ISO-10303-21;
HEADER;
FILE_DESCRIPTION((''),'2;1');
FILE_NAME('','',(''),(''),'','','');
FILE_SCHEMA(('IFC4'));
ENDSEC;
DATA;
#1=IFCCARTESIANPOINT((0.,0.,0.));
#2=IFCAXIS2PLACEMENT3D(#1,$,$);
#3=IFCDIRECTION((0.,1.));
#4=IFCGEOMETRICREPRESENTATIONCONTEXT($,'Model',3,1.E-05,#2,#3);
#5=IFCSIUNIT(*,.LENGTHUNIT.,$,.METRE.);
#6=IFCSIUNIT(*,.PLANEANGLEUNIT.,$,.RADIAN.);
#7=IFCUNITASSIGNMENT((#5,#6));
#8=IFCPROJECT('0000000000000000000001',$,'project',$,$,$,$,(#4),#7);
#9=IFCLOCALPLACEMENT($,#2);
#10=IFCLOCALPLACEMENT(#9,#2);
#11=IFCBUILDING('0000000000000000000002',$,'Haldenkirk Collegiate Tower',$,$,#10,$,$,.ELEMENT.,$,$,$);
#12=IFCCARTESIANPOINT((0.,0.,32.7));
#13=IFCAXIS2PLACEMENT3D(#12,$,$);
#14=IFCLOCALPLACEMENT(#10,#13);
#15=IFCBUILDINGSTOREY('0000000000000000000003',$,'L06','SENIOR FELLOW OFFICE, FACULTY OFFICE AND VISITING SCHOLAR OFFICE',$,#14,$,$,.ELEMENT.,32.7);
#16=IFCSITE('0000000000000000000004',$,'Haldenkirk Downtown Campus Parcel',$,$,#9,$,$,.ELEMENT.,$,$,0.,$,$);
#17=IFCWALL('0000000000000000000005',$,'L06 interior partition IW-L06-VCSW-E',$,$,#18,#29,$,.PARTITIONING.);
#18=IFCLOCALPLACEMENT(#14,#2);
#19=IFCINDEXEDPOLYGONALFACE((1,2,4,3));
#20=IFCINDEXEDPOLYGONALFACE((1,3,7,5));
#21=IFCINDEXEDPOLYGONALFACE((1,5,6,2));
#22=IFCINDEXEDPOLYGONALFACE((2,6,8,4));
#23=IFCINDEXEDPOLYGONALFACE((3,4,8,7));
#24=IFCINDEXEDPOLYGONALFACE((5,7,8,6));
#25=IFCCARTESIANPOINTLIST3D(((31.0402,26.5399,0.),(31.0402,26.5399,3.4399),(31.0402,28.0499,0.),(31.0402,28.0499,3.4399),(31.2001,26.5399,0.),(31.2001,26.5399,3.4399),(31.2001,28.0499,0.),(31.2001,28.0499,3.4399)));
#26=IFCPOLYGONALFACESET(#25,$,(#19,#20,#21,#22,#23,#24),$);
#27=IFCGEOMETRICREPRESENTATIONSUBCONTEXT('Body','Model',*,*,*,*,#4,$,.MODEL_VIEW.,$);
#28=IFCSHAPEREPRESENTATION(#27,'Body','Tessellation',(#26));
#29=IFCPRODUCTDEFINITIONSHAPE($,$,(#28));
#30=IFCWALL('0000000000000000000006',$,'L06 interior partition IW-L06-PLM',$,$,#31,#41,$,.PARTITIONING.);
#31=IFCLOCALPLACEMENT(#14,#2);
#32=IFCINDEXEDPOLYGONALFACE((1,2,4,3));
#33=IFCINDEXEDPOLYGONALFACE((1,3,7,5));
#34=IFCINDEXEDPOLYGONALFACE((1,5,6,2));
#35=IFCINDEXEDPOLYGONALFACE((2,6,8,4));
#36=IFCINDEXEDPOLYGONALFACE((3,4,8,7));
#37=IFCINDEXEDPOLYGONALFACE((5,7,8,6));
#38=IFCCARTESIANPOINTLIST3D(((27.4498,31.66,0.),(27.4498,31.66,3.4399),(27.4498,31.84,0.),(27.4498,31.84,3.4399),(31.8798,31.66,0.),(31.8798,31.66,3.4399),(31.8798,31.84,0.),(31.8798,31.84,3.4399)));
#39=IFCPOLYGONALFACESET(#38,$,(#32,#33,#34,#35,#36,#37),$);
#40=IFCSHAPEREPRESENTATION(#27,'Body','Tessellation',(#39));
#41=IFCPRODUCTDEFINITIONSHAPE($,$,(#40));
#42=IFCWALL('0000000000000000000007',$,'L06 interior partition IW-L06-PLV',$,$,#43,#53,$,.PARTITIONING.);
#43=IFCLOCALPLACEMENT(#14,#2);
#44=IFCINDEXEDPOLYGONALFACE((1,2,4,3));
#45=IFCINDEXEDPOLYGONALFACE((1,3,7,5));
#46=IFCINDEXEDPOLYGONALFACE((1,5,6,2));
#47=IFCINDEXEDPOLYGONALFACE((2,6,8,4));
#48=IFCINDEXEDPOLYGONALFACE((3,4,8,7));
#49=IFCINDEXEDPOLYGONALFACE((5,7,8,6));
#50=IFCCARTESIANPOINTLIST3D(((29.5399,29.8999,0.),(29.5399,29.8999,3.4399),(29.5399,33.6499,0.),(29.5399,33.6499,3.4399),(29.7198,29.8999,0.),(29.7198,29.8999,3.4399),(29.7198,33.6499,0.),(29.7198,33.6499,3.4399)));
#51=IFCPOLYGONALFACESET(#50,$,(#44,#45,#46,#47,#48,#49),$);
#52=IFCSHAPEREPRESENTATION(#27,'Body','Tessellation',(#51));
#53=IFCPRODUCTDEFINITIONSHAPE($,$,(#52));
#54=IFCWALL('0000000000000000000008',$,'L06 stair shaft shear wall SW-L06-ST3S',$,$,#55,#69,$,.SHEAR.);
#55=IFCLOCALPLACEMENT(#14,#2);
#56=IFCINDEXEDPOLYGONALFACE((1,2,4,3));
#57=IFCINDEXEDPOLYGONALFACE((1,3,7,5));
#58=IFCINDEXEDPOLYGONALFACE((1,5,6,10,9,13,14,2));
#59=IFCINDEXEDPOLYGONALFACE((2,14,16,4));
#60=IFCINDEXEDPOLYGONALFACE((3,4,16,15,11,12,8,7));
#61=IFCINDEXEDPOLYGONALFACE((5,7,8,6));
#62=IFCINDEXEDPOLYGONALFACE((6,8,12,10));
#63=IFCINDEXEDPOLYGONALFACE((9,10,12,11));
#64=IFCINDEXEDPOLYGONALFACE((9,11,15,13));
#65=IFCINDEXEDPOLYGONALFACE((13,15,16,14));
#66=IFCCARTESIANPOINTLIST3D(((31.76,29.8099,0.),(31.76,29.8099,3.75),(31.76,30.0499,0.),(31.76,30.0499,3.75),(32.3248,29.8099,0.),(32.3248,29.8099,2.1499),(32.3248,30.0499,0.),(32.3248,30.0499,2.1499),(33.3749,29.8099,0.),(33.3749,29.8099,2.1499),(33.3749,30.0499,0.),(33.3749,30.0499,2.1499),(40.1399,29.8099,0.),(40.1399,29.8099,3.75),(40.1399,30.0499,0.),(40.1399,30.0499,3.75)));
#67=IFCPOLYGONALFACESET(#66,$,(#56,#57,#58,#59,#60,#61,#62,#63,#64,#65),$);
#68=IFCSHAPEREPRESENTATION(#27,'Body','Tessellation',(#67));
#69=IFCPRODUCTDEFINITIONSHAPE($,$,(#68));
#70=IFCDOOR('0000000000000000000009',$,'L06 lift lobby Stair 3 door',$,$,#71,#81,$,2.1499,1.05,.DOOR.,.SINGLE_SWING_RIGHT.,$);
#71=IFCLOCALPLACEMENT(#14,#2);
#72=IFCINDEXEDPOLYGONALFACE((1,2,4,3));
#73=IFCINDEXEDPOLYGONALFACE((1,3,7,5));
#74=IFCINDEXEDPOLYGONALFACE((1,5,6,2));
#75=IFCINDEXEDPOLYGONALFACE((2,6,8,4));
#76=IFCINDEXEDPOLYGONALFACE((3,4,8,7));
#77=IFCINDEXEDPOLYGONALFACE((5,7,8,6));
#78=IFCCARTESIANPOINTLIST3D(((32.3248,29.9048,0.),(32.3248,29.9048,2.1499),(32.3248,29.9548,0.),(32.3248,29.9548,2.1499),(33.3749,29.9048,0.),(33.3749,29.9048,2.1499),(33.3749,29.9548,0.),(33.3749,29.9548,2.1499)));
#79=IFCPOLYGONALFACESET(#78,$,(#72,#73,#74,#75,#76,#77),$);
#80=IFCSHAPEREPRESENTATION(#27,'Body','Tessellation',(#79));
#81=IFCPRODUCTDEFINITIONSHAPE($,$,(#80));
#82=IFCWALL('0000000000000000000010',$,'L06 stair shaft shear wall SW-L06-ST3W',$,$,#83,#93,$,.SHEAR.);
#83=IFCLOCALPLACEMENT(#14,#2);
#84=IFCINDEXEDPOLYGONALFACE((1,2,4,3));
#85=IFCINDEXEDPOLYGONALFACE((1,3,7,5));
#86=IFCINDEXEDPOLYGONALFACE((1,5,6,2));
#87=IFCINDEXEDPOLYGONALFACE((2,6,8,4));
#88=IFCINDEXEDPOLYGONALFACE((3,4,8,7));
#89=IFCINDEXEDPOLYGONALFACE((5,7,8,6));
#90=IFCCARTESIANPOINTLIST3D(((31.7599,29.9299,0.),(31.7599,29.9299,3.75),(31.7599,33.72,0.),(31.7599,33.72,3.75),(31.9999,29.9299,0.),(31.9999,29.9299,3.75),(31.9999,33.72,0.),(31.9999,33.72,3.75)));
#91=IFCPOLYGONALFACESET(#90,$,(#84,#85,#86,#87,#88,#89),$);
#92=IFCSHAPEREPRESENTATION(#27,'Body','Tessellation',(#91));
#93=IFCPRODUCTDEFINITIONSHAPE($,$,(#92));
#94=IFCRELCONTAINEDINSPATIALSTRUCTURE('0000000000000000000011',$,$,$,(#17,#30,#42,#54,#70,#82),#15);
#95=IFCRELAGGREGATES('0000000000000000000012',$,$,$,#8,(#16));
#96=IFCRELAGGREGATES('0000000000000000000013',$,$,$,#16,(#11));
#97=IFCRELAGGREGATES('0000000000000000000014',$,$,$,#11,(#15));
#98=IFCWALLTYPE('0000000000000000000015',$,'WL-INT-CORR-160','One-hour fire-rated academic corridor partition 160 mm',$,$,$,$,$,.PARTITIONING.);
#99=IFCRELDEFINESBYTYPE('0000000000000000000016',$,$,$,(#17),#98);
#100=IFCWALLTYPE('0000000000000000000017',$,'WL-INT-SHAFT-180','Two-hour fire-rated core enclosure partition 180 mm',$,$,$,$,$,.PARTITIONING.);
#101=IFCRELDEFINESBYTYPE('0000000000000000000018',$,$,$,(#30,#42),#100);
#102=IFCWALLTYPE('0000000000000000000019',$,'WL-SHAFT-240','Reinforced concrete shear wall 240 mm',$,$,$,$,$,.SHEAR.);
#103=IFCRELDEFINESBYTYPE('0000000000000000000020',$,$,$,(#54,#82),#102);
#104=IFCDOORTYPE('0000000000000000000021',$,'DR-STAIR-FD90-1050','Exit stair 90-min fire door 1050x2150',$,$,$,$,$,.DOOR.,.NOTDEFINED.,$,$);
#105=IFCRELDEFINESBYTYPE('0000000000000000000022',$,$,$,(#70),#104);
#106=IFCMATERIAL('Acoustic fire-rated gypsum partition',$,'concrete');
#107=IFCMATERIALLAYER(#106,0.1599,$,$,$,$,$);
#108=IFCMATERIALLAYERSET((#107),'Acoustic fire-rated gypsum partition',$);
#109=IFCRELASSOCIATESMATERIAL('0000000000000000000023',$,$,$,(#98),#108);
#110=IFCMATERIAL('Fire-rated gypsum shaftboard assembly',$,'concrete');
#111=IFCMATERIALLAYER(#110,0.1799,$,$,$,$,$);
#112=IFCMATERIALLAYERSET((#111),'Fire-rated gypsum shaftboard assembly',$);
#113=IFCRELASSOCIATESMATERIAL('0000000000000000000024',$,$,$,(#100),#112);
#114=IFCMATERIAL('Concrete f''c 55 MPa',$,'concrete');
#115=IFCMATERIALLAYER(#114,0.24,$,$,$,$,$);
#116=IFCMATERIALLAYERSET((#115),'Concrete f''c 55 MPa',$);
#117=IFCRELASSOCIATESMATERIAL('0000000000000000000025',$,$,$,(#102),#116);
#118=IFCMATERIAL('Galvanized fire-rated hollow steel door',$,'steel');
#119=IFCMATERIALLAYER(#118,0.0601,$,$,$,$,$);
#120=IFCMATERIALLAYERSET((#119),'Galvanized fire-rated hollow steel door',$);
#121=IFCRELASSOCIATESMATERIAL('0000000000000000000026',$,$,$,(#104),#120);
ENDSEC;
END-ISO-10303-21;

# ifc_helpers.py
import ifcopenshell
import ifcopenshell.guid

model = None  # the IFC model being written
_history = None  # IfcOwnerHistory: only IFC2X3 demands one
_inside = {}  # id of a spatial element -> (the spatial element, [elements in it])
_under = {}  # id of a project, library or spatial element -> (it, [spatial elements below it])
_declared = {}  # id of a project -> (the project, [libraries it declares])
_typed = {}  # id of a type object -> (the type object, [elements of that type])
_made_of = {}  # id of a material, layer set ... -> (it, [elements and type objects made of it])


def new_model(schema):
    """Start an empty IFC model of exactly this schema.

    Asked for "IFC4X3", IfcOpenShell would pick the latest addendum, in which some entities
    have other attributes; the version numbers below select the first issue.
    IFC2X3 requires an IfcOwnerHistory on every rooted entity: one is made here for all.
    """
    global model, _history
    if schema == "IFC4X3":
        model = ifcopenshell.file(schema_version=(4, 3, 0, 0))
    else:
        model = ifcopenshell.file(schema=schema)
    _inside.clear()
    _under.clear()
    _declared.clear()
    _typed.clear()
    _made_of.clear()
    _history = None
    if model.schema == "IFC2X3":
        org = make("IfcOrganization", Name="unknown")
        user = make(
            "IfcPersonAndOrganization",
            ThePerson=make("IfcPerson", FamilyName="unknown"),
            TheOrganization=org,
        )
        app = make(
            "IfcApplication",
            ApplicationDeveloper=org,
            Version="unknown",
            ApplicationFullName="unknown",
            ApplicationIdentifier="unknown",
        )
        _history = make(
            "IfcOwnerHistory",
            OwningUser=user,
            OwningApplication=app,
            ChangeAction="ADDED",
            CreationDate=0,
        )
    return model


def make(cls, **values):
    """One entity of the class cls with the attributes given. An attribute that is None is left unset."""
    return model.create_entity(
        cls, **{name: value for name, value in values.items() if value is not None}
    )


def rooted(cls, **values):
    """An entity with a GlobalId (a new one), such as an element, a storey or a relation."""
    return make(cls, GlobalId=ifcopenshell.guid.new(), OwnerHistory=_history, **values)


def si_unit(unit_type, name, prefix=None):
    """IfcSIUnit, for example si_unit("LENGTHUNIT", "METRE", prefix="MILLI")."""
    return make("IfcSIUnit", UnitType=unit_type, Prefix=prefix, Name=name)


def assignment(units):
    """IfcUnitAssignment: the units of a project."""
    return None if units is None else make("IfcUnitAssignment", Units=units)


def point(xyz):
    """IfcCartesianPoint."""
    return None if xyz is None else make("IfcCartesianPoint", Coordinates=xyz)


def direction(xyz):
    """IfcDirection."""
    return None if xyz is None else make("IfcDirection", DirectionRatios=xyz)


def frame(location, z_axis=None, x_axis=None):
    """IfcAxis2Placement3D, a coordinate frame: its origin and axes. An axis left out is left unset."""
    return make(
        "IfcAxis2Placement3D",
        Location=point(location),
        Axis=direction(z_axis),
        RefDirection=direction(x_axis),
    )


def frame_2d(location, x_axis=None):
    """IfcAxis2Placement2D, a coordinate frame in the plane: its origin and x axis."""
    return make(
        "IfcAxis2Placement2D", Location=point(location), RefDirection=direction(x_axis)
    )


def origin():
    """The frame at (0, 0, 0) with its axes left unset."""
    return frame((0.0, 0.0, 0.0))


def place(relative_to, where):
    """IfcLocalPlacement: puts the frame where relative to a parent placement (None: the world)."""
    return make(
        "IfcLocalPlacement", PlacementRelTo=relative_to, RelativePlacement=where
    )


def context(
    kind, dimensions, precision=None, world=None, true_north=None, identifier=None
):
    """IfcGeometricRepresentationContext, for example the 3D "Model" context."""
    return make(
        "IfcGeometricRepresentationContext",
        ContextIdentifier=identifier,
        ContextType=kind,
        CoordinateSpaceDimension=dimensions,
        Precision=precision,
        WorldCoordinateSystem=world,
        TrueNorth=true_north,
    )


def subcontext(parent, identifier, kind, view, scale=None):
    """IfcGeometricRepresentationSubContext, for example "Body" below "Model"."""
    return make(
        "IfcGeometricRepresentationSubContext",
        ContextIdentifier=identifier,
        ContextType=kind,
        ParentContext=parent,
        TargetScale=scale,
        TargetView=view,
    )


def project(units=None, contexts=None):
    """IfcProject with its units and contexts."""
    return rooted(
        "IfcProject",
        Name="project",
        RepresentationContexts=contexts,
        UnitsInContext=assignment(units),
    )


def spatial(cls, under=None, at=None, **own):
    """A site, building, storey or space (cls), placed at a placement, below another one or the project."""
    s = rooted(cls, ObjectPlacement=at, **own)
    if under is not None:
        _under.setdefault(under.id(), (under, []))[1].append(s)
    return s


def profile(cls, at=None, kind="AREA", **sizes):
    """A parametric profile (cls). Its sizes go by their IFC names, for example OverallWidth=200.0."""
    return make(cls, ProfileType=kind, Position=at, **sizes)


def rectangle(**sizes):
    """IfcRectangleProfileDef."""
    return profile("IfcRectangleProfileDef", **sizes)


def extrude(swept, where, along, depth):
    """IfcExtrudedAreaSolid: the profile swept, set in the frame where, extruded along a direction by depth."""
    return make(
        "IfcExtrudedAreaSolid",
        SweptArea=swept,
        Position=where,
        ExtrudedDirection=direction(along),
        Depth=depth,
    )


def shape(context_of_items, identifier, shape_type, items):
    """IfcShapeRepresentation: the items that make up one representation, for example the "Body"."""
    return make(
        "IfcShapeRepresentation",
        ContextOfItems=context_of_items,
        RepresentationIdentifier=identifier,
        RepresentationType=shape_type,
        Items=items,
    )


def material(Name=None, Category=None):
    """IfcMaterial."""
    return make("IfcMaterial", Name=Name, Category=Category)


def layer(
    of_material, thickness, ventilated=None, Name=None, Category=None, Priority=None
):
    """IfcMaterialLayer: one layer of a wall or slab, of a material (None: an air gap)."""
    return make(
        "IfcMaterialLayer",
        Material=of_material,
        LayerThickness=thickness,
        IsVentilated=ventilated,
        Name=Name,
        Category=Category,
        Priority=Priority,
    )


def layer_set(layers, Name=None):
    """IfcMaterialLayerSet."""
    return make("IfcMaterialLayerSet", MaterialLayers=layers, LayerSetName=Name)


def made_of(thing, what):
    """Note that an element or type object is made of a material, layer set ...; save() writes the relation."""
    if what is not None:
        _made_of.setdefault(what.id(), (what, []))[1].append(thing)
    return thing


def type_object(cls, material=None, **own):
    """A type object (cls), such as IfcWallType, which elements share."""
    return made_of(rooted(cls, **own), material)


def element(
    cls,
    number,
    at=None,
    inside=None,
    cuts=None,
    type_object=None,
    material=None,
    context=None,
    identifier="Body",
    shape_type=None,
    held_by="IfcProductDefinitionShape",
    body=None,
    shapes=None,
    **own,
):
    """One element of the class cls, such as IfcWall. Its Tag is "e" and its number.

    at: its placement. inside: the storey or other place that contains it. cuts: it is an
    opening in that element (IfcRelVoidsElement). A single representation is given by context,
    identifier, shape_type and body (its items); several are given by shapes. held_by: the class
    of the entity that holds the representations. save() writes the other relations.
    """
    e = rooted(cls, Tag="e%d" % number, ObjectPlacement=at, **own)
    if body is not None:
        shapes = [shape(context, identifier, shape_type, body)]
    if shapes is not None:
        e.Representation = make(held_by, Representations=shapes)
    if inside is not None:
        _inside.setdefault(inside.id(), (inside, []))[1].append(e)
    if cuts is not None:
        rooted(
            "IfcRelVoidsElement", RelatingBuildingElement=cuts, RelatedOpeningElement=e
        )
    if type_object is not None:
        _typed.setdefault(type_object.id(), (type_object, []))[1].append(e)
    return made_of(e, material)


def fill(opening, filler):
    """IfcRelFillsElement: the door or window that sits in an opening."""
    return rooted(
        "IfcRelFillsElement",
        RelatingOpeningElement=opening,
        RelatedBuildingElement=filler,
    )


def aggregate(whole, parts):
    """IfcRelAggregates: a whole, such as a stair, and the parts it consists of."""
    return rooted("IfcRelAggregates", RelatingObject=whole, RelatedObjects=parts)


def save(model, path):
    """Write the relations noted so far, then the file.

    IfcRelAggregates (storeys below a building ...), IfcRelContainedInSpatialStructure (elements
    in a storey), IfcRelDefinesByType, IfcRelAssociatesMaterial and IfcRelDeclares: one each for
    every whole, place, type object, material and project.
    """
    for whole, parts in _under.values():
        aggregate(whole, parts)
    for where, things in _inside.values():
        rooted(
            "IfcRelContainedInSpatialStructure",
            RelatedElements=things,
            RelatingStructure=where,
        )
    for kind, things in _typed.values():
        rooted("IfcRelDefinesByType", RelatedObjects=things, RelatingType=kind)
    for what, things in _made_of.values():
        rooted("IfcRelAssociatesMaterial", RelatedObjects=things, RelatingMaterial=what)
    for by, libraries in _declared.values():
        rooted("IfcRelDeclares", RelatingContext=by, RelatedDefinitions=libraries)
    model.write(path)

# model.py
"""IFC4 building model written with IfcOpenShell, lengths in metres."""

from ifc_helpers import new_model, si_unit, direction, frame, frame_2d, origin, place, context, subcontext, project, spatial, rectangle, extrude, material, layer, layer_set, type_object, element, fill, save


model = new_model("IFC4")

# Units and contexts
model_context = context("Model", 3, precision=1e-05, world=origin(), true_north=direction((0.0, 1.0)))
body_context = subcontext(model_context, "Body", "Model", "MODEL_VIEW")
ifc_project = project(units=[si_unit("LENGTHUNIT", "METRE"), si_unit("PLANEANGLEUNIT", "RADIAN")], contexts=[model_context])

# Site, building, storey
site_placement = place(None, origin())
site = spatial("IfcSite", under=ifc_project, at=site_placement, Name="Haldenkirk Downtown Campus Parcel", CompositionType="ELEMENT", RefElevation=0.0)
building_placement = place(site_placement, origin())
building = spatial("IfcBuilding", under=site, at=building_placement, Name="Haldenkirk Collegiate Tower", CompositionType="ELEMENT")
storey_placement = place(building_placement, frame((0.0, 0.0, 32.7)))
storey = spatial("IfcBuildingStorey", under=building, at=storey_placement, Name="L06", Description="SENIOR FELLOW OFFICE, FACULTY OFFICE AND VISITING SCHOLAR OFFICE", CompositionType="ELEMENT", Elevation=32.7)

# Shared definitions
ifc_material_1 = material(Name="Acoustic fire-rated gypsum partition", Category="concrete")
ifc_layer_1 = layer(ifc_material_1, 0.1599)
ifc_layer_set_1 = layer_set([ifc_layer_1], Name="Acoustic fire-rated gypsum partition")
wall_type_1 = type_object("IfcWallType", Name="WL-INT-CORR-160", Description="One-hour fire-rated academic corridor partition 160 mm", PredefinedType="PARTITIONING", material=ifc_layer_set_1)

# Wall
wall_1_placement = place(storey_placement, frame((31.1201, 26.54, 0.0), z_axis=(0.0, 0.0, 1.0), x_axis=(0.0, 1.0, 0.0)))
element("IfcWall", 1, at=wall_1_placement, inside=storey, type_object=wall_type_1, Name="L06 interior partition IW-L06-VCSW-E", PredefinedType="PARTITIONING", context=body_context, shape_type="SweptSolid", body=[
    extrude(rectangle(XDim=1.51, YDim=0.1599, at=frame_2d((0.7549, 0.0))), origin(), (0.0, 0.0, 1.0), 3.4399),
])

# Shared definitions
ifc_material_2 = material(Name="Fire-rated gypsum shaftboard assembly", Category="concrete")
ifc_layer_2 = layer(ifc_material_2, 0.1799)
ifc_layer_set_2 = layer_set([ifc_layer_2], Name="Fire-rated gypsum shaftboard assembly")
wall_type_2 = type_object("IfcWallType", Name="WL-INT-SHAFT-180", Description="Two-hour fire-rated core enclosure partition 180 mm", PredefinedType="PARTITIONING", material=ifc_layer_set_2)

# Walls
wall_2_placement = place(storey_placement, frame((27.45, 31.75, 0.0), z_axis=(0.0, 0.0, 1.0), x_axis=(1.0, 0.0, 0.0)))
element("IfcWall", 2, at=wall_2_placement, inside=storey, type_object=wall_type_2, Name="L06 interior partition IW-L06-PLM", PredefinedType="PARTITIONING", context=body_context, shape_type="SweptSolid", body=[
    extrude(rectangle(XDim=4.4299, YDim=0.1799, at=frame_2d((2.2148, 0.0))), origin(), (0.0, 0.0, 1.0), 3.4399),
])
wall_3_placement = place(storey_placement, frame((29.6299, 29.8999, 0.0), z_axis=(0.0, 0.0, 1.0), x_axis=(0.0, 1.0, 0.0)))
element("IfcWall", 3, at=wall_3_placement, inside=storey, type_object=wall_type_2, Name="L06 interior partition IW-L06-PLV", PredefinedType="PARTITIONING", context=body_context, shape_type="SweptSolid", body=[
    extrude(rectangle(XDim=3.75, YDim=0.1799, at=frame_2d((1.875, 0.0))), origin(), (0.0, 0.0, 1.0), 3.4399),
])

# Wall, opening, door
ifc_material_3 = material(Name="Concrete f'c 55 MPa", Category="concrete")
ifc_layer_3 = layer(ifc_material_3, 0.24)
ifc_layer_set_3 = layer_set([ifc_layer_3], Name="Concrete f'c 55 MPa")
wall_type_3 = type_object("IfcWallType", Name="WL-SHAFT-240", Description="Reinforced concrete shear wall 240 mm", PredefinedType="SHEAR", material=ifc_layer_set_3)
wall_4_placement = place(storey_placement, frame((31.76, 29.9299, 0.0), z_axis=(0.0, 0.0, 1.0), x_axis=(1.0, 0.0, 0.0)))
wall_4 = element("IfcWall", 4, at=wall_4_placement, inside=storey, type_object=wall_type_3, Name="L06 stair shaft shear wall SW-L06-ST3S", PredefinedType="SHEAR", context=body_context, shape_type="SweptSolid", body=[
    extrude(rectangle(XDim=8.3799, YDim=0.24, at=frame_2d((4.1899, 0.0))), origin(), (0.0, 0.0, 1.0), 3.75),
])
opening_1_placement = place(wall_4_placement, frame((0.5649, 0.0, 0.0)))
opening_1 = element("IfcOpeningElement", 5, at=opening_1_placement, cuts=wall_4, PredefinedType="OPENING", context=body_context, shape_type="SweptSolid", body=[
    extrude(rectangle(XDim=1.05, YDim=2.1499, at=frame_2d((0.5249, 1.075))), frame((0.0, 0.1299, 0.0), z_axis=(0.0, -1.0, 0.0), x_axis=(1.0, 0.0, 0.0)), (0.0, 0.0, 1.0), 0.26),
])
ifc_material_4 = material(Name="Galvanized fire-rated hollow steel door", Category="steel")
ifc_layer_4 = layer(ifc_material_4, 0.0601)
ifc_layer_set_4 = layer_set([ifc_layer_4], Name="Galvanized fire-rated hollow steel door")
door_type_1 = type_object("IfcDoorType", Name="DR-STAIR-FD90-1050", Description="Exit stair 90-min fire door 1050x2150", OperationType="NOTDEFINED", PredefinedType="DOOR", material=ifc_layer_set_4)
door_1_placement = place(opening_1_placement, origin())
door_1 = element("IfcDoor", 6, at=door_1_placement, inside=storey, type_object=door_type_1, Name="L06 lift lobby Stair 3 door", OperationType="SINGLE_SWING_RIGHT", OverallHeight=2.1499, OverallWidth=1.05, PredefinedType="DOOR", context=body_context, shape_type="SweptSolid", body=[
    extrude(rectangle(XDim=1.05, YDim=2.1499, at=frame_2d((0.5249, 1.075))), frame((0.0, 0.0249, 0.0), z_axis=(0.0, -1.0, 0.0), x_axis=(1.0, 0.0, 0.0)), (0.0, 0.0, 1.0), 0.05),
])
fill(opening_1, door_1)

# Wall
wall_5_placement = place(storey_placement, frame((31.8799, 29.9299, 0.0), z_axis=(0.0, 0.0, 1.0), x_axis=(0.0, 1.0, 0.0)))
element("IfcWall", 7, at=wall_5_placement, inside=storey, type_object=wall_type_3, Name="L06 stair shaft shear wall SW-L06-ST3W", PredefinedType="SHEAR", context=body_context, shape_type="SweptSolid", body=[
    extrude(rectangle(XDim=3.79, YDim=0.24, at=frame_2d((1.895, 0.0))), origin(), (0.0, 0.0, 1.0), 3.75),
])

save(model, "model.ifc")
